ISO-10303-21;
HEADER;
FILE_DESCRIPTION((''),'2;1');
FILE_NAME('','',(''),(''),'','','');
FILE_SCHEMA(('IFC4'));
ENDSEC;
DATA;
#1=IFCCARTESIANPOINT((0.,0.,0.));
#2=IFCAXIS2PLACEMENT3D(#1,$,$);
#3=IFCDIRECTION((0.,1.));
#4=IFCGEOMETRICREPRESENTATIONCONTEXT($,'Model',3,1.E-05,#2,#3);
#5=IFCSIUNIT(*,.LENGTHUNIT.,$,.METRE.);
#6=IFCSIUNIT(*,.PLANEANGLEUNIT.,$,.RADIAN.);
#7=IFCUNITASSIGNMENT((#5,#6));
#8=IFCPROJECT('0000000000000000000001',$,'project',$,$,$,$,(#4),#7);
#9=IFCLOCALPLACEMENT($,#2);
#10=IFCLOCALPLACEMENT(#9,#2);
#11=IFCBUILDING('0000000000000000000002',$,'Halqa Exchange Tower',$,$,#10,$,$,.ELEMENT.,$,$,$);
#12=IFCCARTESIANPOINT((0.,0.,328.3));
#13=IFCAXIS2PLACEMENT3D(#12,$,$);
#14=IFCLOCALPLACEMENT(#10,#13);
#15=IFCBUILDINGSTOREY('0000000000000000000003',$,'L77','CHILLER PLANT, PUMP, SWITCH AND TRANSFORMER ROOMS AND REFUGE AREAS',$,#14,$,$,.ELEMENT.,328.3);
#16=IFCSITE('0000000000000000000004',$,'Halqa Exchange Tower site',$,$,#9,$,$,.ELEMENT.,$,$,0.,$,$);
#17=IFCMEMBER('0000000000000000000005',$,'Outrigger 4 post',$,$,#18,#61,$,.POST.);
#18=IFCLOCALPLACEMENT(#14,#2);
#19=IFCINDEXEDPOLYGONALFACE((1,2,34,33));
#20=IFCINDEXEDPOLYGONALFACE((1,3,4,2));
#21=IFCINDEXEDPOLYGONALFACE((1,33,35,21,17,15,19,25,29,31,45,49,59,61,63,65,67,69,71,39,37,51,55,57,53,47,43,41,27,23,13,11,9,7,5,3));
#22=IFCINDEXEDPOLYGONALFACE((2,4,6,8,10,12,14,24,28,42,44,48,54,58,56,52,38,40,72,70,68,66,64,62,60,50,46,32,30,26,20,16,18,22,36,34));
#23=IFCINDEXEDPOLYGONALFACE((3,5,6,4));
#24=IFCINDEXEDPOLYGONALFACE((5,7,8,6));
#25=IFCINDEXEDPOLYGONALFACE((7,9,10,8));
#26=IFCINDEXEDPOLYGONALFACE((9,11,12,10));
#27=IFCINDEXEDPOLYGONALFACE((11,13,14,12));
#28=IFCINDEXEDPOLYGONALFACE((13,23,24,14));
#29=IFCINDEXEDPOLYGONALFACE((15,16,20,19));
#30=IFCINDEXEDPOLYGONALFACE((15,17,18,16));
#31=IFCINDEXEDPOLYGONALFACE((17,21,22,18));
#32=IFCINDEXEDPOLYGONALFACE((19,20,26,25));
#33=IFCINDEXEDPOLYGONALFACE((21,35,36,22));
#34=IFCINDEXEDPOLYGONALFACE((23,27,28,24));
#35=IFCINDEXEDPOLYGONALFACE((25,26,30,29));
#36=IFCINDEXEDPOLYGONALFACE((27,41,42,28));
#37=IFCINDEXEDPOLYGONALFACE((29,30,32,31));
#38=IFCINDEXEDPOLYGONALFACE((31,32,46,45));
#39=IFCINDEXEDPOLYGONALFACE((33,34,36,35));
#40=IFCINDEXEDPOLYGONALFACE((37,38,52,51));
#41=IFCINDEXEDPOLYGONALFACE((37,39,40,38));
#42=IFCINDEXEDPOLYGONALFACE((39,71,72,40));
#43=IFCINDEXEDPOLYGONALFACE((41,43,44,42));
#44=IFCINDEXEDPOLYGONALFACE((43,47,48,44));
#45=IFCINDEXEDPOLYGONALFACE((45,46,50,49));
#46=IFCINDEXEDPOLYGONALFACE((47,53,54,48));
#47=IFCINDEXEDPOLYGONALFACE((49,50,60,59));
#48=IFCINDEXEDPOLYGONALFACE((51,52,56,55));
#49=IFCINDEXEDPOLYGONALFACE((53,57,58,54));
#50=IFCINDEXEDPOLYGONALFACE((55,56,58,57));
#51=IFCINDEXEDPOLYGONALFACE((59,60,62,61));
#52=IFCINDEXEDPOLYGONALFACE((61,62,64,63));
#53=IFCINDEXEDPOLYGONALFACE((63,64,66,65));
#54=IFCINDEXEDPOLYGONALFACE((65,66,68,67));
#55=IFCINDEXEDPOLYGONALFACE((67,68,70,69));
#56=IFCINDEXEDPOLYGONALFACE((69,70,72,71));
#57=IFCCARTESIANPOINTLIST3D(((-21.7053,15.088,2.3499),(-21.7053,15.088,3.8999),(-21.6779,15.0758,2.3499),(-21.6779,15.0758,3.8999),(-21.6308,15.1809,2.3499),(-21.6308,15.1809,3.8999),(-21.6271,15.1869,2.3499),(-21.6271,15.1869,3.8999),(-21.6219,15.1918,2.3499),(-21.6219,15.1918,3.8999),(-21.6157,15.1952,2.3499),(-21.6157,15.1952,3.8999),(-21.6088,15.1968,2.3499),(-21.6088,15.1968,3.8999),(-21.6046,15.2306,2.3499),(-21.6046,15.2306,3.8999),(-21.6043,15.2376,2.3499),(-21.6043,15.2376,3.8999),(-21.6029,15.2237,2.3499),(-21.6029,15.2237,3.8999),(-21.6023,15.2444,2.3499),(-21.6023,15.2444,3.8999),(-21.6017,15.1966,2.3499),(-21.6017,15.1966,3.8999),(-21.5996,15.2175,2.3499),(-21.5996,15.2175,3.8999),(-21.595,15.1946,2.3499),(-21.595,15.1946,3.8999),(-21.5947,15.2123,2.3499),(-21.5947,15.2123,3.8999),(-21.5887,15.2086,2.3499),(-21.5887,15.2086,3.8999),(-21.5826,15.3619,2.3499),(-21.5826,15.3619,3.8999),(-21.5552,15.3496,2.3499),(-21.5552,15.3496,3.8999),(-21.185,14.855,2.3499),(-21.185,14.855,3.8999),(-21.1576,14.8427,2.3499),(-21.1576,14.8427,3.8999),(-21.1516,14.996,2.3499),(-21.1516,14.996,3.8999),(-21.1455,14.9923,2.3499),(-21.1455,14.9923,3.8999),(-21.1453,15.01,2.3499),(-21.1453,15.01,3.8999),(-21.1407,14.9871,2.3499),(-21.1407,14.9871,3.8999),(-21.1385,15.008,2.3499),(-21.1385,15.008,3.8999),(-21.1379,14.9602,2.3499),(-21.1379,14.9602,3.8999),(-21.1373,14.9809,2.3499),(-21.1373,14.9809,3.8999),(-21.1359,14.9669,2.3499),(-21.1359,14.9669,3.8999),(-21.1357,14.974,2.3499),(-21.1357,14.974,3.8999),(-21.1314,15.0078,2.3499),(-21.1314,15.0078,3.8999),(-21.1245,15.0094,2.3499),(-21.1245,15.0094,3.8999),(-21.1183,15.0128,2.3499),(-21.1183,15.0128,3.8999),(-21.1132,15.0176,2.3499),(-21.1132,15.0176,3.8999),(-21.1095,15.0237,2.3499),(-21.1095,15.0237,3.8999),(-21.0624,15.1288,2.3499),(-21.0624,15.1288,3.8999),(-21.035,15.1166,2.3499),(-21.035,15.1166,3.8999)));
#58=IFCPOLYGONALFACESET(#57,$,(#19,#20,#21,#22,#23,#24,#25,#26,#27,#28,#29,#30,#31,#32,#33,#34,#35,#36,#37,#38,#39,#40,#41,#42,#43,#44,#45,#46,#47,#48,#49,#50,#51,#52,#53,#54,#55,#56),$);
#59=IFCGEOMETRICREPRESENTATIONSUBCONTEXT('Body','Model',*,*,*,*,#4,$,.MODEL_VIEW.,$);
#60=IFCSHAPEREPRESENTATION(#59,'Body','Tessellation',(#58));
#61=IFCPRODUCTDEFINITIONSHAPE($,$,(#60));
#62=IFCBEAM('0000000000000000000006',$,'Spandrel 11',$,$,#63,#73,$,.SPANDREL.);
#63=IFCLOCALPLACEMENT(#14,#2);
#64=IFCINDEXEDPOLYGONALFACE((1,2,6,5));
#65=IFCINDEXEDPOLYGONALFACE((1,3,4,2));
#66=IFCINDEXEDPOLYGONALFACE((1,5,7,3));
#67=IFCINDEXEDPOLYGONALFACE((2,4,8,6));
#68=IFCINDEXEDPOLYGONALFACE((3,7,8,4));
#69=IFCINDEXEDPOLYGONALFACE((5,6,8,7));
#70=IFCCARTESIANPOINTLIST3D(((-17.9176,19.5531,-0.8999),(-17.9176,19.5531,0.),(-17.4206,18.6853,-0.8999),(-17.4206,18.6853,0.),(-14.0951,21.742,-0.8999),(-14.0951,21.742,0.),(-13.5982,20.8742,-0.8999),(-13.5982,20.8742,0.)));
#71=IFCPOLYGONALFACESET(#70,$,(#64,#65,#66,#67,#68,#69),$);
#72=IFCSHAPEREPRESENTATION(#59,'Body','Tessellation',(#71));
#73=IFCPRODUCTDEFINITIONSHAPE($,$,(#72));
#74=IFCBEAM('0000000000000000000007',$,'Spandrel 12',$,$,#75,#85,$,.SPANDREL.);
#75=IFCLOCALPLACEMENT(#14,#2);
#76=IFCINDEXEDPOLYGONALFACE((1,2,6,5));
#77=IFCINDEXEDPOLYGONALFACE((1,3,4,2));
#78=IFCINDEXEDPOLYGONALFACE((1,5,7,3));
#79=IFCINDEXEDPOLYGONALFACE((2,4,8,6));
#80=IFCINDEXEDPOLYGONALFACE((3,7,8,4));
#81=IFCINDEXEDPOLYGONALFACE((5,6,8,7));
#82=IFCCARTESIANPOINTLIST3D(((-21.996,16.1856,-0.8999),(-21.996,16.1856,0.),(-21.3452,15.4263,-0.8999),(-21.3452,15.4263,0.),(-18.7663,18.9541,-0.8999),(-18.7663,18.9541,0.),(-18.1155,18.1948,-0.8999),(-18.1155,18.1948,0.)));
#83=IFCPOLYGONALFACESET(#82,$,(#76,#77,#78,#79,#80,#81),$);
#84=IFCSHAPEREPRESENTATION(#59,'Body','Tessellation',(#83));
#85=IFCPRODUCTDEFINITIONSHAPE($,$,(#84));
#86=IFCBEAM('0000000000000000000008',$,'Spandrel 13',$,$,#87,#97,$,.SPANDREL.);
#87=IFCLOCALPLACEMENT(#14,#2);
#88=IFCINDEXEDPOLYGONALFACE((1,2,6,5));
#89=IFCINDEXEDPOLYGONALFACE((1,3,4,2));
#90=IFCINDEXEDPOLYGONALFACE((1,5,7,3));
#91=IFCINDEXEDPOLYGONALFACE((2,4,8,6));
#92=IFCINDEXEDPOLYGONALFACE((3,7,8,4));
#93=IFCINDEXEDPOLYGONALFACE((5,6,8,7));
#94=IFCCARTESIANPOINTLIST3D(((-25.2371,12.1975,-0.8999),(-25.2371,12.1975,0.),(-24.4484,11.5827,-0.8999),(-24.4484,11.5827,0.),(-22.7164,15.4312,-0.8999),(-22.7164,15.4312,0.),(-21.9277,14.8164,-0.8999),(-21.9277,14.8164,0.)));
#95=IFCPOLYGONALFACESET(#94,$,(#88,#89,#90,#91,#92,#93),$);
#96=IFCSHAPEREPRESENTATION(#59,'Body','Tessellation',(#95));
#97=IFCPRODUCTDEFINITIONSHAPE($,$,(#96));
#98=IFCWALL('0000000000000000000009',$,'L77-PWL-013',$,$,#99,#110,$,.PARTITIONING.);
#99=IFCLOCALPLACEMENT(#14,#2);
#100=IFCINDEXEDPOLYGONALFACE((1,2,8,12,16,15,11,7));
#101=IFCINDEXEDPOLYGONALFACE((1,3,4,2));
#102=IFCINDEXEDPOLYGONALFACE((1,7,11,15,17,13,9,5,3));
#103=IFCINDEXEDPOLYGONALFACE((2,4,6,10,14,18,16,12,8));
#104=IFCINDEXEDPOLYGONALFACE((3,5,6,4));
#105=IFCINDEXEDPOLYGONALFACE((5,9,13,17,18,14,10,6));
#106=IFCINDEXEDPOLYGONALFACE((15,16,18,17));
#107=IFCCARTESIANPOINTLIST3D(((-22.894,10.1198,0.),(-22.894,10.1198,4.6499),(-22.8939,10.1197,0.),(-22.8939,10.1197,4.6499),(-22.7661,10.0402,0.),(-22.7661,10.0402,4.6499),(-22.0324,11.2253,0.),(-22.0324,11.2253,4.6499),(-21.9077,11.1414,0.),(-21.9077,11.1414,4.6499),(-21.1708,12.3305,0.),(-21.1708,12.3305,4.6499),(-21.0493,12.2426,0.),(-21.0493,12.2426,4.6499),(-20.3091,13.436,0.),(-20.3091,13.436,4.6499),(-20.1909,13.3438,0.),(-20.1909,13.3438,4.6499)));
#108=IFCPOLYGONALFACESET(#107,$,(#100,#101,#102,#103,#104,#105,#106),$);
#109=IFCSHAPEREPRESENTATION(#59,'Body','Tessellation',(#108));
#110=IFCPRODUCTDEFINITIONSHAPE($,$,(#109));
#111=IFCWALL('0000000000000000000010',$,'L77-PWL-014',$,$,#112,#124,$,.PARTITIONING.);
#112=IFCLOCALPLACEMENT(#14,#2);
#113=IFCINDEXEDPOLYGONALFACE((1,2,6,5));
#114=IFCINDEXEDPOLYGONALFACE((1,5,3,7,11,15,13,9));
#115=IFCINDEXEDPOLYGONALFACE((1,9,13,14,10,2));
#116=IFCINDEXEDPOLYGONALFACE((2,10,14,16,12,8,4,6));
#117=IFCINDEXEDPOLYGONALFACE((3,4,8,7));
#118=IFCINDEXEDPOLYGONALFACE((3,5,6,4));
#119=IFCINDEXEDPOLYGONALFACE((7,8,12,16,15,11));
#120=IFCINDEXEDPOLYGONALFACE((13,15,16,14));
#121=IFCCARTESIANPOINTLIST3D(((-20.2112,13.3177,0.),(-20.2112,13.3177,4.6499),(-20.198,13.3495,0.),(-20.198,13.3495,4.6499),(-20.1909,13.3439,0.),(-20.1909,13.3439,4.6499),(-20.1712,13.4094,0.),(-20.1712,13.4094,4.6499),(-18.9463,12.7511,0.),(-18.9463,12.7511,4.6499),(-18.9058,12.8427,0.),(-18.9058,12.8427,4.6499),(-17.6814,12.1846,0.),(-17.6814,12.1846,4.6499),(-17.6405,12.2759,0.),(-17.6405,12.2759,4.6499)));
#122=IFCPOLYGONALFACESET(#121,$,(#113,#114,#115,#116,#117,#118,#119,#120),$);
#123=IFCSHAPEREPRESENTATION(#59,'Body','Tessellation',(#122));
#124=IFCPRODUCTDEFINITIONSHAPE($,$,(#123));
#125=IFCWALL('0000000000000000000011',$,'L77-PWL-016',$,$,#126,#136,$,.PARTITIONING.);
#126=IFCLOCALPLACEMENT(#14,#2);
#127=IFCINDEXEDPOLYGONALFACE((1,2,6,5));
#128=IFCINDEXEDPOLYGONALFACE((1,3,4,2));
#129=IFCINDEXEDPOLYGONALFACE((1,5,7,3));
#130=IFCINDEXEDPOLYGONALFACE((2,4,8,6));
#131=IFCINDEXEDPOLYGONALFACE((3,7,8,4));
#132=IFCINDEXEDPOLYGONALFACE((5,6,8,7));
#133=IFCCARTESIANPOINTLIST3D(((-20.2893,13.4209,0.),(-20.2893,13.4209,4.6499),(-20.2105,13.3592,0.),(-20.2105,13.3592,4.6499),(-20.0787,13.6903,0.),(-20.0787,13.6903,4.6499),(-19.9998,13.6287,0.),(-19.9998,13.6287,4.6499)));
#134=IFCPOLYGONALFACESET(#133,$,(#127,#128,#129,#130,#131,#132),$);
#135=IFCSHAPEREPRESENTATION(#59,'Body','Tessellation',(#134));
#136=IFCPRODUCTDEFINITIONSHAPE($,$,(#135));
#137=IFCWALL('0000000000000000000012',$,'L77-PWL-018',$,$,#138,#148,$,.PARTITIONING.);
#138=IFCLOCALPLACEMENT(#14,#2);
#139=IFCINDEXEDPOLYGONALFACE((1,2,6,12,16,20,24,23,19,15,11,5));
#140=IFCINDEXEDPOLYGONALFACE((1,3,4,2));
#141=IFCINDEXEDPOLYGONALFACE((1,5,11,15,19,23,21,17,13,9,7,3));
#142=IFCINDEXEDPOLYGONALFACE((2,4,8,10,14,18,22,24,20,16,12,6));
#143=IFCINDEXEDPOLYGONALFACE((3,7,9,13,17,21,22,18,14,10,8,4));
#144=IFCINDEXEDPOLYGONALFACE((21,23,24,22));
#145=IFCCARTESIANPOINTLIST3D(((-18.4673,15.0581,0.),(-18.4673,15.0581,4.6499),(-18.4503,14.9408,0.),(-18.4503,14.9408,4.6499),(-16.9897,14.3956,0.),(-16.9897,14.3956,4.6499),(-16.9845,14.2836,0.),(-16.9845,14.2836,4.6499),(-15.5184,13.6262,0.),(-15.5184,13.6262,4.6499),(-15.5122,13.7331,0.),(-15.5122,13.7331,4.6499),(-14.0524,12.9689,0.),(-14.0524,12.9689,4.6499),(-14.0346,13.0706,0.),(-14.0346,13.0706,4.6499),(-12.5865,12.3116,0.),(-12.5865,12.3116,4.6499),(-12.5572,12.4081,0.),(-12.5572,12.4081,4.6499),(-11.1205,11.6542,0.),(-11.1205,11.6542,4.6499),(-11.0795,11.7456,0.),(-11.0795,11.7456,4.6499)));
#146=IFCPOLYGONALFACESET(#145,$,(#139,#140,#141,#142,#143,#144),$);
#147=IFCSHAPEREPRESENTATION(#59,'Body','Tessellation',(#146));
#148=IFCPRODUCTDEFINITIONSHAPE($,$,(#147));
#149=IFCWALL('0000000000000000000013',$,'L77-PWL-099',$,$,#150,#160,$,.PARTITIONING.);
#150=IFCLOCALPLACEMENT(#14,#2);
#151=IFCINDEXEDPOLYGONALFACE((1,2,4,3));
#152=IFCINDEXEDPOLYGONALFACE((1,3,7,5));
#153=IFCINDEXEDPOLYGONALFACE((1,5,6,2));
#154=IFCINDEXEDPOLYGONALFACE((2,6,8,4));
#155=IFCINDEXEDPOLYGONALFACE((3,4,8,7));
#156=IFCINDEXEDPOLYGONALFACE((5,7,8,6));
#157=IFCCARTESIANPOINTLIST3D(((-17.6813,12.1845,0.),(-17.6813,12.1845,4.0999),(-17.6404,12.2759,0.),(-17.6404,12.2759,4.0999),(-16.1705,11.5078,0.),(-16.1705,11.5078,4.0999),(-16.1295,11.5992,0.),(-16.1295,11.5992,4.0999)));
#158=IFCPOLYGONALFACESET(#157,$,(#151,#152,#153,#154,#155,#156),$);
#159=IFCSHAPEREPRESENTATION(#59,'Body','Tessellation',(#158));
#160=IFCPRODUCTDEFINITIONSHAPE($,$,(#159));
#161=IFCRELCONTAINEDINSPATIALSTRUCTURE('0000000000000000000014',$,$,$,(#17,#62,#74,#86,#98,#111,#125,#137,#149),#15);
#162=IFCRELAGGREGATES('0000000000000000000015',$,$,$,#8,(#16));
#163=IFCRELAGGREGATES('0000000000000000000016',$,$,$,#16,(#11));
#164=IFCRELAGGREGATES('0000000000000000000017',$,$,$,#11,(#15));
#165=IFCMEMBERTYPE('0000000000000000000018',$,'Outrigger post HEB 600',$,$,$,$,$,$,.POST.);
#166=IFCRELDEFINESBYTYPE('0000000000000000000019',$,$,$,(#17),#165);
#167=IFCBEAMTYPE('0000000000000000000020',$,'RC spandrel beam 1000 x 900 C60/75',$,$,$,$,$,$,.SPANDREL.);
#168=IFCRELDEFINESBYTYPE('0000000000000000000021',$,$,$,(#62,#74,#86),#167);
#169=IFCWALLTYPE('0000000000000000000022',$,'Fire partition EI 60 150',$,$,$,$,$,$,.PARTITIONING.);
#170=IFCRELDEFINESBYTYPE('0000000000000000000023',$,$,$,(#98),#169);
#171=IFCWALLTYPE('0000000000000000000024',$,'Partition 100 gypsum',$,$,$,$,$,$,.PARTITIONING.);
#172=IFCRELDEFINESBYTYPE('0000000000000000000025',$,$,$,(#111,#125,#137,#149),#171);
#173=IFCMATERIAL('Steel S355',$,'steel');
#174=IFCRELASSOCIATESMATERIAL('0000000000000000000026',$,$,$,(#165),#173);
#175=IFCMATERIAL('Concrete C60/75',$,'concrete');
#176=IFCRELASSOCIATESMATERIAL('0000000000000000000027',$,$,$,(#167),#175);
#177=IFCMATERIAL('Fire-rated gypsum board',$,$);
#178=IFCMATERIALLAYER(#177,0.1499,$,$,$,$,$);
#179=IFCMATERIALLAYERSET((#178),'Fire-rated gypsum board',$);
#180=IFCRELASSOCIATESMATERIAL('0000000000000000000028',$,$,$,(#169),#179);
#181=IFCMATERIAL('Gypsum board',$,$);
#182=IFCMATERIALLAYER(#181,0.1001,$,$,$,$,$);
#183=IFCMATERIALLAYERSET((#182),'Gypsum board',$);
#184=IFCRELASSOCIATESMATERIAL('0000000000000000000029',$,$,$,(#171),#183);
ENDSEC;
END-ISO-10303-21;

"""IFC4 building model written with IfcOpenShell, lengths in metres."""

from ifc_helpers import new_model, si_unit, direction, frame, frame_2d, origin, origin_2d, place, context, subcontext, project, spatial, polyline, rectangle, i_section, outline, extrude, material, layer, layer_set, material_profile, profile_set, type_object, element, save


model = new_model("IFC4")

# Units and contexts
model_context = context("Model", 3, precision=1e-05, world=origin(), true_north=direction((0.0, 1.0)))
body_context = subcontext(model_context, "Body", "Model", "MODEL_VIEW")
ifc_project = project(units=[si_unit("LENGTHUNIT", "METRE"), si_unit("PLANEANGLEUNIT", "RADIAN")], contexts=[model_context])

# Site, building, storey
site_placement = place(None, origin())
site = spatial("IfcSite", under=ifc_project, at=site_placement, Name="Halqa Exchange Tower site", CompositionType="ELEMENT", RefElevation=0.0)
building_placement = place(site_placement, origin())
building = spatial("IfcBuilding", under=site, at=building_placement, Name="Halqa Exchange Tower", CompositionType="ELEMENT")
storey_placement = place(building_placement, frame((0.0, 0.0, 328.3)))
storey = spatial("IfcBuildingStorey", under=building, at=storey_placement, Name="L77", Description="CHILLER PLANT, PUMP, SWITCH AND TRANSFORMER ROOMS AND REFUGE AREAS", CompositionType="ELEMENT", Elevation=328.3)

# Member
ifc_material_1 = material(Name="Steel S355", Category="steel")
ifc_material_profile_1 = material_profile(ifc_material_1, i_section(OverallWidth=0.3, OverallDepth=0.6001, WebThickness=0.0154, FlangeThickness=0.03, FilletRadius=0.0271, at=origin_2d()), Name="HEB 600")
ifc_profile_set_1 = profile_set([ifc_material_profile_1], Name="Steel S355")
member_type_1 = type_object("IfcMemberType", Name="Outrigger post HEB 600", PredefinedType="POST", material=ifc_profile_set_1)
member_1_placement = place(storey_placement, frame((-21.3701, 15.1023, 2.3499), z_axis=(0.0, 0.0, 1.0), x_axis=(-0.408777, -0.912635, 0.0)))
element("IfcMember", 1, at=member_1_placement, inside=storey, type_object=member_type_1, Name="Outrigger 4 post", PredefinedType="POST", context=body_context, shape_type="SweptSolid", body=[
    extrude(i_section(OverallWidth=0.3, OverallDepth=0.6001, WebThickness=0.0154, FlangeThickness=0.03, FilletRadius=0.0271, at=origin_2d()), origin(), (0.0, 0.0, 1.0), 1.55),
])

# Beams
ifc_material_2 = material(Name="Concrete C60/75", Category="concrete")
ifc_material_profile_2 = material_profile(ifc_material_2, rectangle(XDim=1.0, YDim=0.8999, at=origin_2d()), Name="1000 x 900")
ifc_profile_set_2 = profile_set([ifc_material_profile_2], Name="Concrete C60/75")
beam_type = type_object("IfcBeamType", Name="RC spandrel beam 1000 x 900 C60/75", PredefinedType="SPANDREL", material=ifc_profile_set_2)
beam_1_placement = place(storey_placement, frame((-13.8467, 21.3081, -0.45), z_axis=(-0.867786, -0.496939, 0.0), x_axis=(0.496939, -0.867786, 0.0)))
element("IfcBeam", 2, at=beam_1_placement, inside=storey, type_object=beam_type, Name="Spandrel 11", PredefinedType="SPANDREL", context=body_context, shape_type="SweptSolid", body=[
    extrude(rectangle(XDim=1.0, YDim=0.8999, at=origin_2d()), origin(), (0.0, 0.0, 1.0), 4.4048),
])
beam_2_placement = place(storey_placement, frame((-18.4409, 18.5745, -0.45), z_axis=(-0.759232, -0.65082, 0.0), x_axis=(0.65082, -0.759232, 0.0)))
element("IfcBeam", 3, at=beam_2_placement, inside=storey, type_object=beam_type, Name="Spandrel 12", PredefinedType="SPANDREL", context=body_context, shape_type="SweptSolid", body=[
    extrude(rectangle(XDim=1.0, YDim=0.8999, at=origin_2d()), origin(), (0.0, 0.0, 1.0), 4.2539),
])
beam_3_placement = place(storey_placement, frame((-22.322, 15.1238, -0.45), z_axis=(-0.614806, -0.788678, 0.0), x_axis=(0.788678, -0.614806, 0.0)))
element("IfcBeam", 4, at=beam_3_placement, inside=storey, type_object=beam_type, Name="Spandrel 13", PredefinedType="SPANDREL", context=body_context, shape_type="SweptSolid", body=[
    extrude(rectangle(XDim=1.0, YDim=0.8999, at=origin_2d()), origin(), (0.0, 0.0, 1.0), 4.1001),
])

# Walls
ifc_material_3 = material(Name="Fire-rated gypsum board")
ifc_layer_1 = layer(ifc_material_3, 0.1499)
ifc_layer_set_1 = layer_set([ifc_layer_1], Name="Fire-rated gypsum board")
wall_type_1 = type_object("IfcWallType", Name="Fire partition EI 60 150", PredefinedType="PARTITIONING", material=ifc_layer_set_1)
wall_1_placement = place(storey_placement, frame((-20.25, 13.3899, 0.0), z_axis=(0.0, 0.0, 1.0), x_axis=(-0.614788, -0.788692, 0.0)))
element("IfcWall", 5, at=wall_1_placement, inside=storey, type_object=wall_type_1, Name="L77-PWL-013", PredefinedType="PARTITIONING", context=body_context, shape_type="SweptSolid", body=[
    extrude(outline(polyline([(4.2046, -0.075), (4.2046, -0.0747), (4.1887, 0.075), (2.7925, 0.075), (1.3962, 0.075), (0.0, 0.075), (0.0, -0.075), (1.4016, -0.075), (2.803, -0.075), (4.2046, -0.075)])), origin(), (0.0, 0.0, 1.0), 4.6499),
])
ifc_material_4 = material(Name="Gypsum board")
ifc_layer_2 = layer(ifc_material_4, 0.1001)
ifc_layer_set_2 = layer_set([ifc_layer_2], Name="Gypsum board")
wall_type_2 = type_object("IfcWallType", Name="Partition 100 gypsum", PredefinedType="PARTITIONING", material=ifc_layer_set_2)
wall_2_placement = place(storey_placement, frame((-20.1917, 13.3638, 0.0), z_axis=(0.0, 0.0, 1.0), x_axis=(0.912635, -0.408775, 0.0)))
element("IfcWall", 6, at=wall_2_placement, inside=storey, type_object=wall_type_2, Name="L77-PWL-014", PredefinedType="PARTITIONING", context=body_context, shape_type="SweptSolid", body=[
    extrude(outline(polyline([(0.0, 0.05), (0.0, -0.0156), (0.0088, -0.0178), (0.001, -0.05), (1.387, -0.05), (2.7729, -0.05), (2.7729, 0.05), (1.3865, 0.05), (0.0, 0.05)])), origin(), (0.0, 0.0, 1.0), 4.6499),
])
wall_3_placement = place(storey_placement, frame((-20.0393, 13.6594, 0.0), z_axis=(0.0, 0.0, 1.0), x_axis=(-0.615866, -0.787851, 0.0)))
element("IfcWall", 7, at=wall_3_placement, inside=storey, type_object=wall_type_2, Name="L77-PWL-016", PredefinedType="PARTITIONING", context=body_context, shape_type="SweptSolid", body=[
    extrude(rectangle(XDim=0.342, YDim=0.1001, at=frame_2d((0.1709, 0.0))), origin(), (0.0, 0.0, 1.0), 4.6499),
])
wall_4_placement = place(storey_placement, frame((-18.4878, 15.0125, 0.0), z_axis=(0.0, 0.0, 1.0), x_axis=(0.912474, -0.409136, 0.0)))
element("IfcWall", 8, at=wall_4_placement, inside=storey, type_object=wall_type_2, Name="L77-PWL-018", PredefinedType="PARTITIONING", context=body_context, shape_type="SweptSolid", body=[
    extrude(outline(polyline([(0.0, 0.05), (0.0, 0.05), (0.0635, -0.05), (1.6699, -0.05), (3.2766, -0.05), (4.8833, -0.05), (6.4897, -0.05), (8.0964, -0.05), (8.0964, 0.05), (6.4771, 0.05), (4.8579, 0.05), (3.2385, 0.05), (1.6194, 0.05), (0.0, 0.05)])), origin(), (0.0, 0.0, 1.0), 4.6499),
])
wall_5_placement = place(storey_placement, frame((-17.6609, 12.2302, 0.0), z_axis=(0.0, 0.0, 1.0), x_axis=(0.91264, -0.408764, 0.0)))
element("IfcWall", 9, at=wall_5_placement, inside=storey, type_object=wall_type_2, Name="L77-PWL-099", PredefinedType="PARTITIONING", context=body_context, shape_type="SweptSolid", body=[
    extrude(outline(polyline([(0.0, 0.05), (0.0, -0.05), (1.6555, -0.05), (1.6555, 0.05), (0.0, 0.05)])), origin(), (0.0, 0.0, 1.0), 4.0999),
])

save(model, "model.ifc")
